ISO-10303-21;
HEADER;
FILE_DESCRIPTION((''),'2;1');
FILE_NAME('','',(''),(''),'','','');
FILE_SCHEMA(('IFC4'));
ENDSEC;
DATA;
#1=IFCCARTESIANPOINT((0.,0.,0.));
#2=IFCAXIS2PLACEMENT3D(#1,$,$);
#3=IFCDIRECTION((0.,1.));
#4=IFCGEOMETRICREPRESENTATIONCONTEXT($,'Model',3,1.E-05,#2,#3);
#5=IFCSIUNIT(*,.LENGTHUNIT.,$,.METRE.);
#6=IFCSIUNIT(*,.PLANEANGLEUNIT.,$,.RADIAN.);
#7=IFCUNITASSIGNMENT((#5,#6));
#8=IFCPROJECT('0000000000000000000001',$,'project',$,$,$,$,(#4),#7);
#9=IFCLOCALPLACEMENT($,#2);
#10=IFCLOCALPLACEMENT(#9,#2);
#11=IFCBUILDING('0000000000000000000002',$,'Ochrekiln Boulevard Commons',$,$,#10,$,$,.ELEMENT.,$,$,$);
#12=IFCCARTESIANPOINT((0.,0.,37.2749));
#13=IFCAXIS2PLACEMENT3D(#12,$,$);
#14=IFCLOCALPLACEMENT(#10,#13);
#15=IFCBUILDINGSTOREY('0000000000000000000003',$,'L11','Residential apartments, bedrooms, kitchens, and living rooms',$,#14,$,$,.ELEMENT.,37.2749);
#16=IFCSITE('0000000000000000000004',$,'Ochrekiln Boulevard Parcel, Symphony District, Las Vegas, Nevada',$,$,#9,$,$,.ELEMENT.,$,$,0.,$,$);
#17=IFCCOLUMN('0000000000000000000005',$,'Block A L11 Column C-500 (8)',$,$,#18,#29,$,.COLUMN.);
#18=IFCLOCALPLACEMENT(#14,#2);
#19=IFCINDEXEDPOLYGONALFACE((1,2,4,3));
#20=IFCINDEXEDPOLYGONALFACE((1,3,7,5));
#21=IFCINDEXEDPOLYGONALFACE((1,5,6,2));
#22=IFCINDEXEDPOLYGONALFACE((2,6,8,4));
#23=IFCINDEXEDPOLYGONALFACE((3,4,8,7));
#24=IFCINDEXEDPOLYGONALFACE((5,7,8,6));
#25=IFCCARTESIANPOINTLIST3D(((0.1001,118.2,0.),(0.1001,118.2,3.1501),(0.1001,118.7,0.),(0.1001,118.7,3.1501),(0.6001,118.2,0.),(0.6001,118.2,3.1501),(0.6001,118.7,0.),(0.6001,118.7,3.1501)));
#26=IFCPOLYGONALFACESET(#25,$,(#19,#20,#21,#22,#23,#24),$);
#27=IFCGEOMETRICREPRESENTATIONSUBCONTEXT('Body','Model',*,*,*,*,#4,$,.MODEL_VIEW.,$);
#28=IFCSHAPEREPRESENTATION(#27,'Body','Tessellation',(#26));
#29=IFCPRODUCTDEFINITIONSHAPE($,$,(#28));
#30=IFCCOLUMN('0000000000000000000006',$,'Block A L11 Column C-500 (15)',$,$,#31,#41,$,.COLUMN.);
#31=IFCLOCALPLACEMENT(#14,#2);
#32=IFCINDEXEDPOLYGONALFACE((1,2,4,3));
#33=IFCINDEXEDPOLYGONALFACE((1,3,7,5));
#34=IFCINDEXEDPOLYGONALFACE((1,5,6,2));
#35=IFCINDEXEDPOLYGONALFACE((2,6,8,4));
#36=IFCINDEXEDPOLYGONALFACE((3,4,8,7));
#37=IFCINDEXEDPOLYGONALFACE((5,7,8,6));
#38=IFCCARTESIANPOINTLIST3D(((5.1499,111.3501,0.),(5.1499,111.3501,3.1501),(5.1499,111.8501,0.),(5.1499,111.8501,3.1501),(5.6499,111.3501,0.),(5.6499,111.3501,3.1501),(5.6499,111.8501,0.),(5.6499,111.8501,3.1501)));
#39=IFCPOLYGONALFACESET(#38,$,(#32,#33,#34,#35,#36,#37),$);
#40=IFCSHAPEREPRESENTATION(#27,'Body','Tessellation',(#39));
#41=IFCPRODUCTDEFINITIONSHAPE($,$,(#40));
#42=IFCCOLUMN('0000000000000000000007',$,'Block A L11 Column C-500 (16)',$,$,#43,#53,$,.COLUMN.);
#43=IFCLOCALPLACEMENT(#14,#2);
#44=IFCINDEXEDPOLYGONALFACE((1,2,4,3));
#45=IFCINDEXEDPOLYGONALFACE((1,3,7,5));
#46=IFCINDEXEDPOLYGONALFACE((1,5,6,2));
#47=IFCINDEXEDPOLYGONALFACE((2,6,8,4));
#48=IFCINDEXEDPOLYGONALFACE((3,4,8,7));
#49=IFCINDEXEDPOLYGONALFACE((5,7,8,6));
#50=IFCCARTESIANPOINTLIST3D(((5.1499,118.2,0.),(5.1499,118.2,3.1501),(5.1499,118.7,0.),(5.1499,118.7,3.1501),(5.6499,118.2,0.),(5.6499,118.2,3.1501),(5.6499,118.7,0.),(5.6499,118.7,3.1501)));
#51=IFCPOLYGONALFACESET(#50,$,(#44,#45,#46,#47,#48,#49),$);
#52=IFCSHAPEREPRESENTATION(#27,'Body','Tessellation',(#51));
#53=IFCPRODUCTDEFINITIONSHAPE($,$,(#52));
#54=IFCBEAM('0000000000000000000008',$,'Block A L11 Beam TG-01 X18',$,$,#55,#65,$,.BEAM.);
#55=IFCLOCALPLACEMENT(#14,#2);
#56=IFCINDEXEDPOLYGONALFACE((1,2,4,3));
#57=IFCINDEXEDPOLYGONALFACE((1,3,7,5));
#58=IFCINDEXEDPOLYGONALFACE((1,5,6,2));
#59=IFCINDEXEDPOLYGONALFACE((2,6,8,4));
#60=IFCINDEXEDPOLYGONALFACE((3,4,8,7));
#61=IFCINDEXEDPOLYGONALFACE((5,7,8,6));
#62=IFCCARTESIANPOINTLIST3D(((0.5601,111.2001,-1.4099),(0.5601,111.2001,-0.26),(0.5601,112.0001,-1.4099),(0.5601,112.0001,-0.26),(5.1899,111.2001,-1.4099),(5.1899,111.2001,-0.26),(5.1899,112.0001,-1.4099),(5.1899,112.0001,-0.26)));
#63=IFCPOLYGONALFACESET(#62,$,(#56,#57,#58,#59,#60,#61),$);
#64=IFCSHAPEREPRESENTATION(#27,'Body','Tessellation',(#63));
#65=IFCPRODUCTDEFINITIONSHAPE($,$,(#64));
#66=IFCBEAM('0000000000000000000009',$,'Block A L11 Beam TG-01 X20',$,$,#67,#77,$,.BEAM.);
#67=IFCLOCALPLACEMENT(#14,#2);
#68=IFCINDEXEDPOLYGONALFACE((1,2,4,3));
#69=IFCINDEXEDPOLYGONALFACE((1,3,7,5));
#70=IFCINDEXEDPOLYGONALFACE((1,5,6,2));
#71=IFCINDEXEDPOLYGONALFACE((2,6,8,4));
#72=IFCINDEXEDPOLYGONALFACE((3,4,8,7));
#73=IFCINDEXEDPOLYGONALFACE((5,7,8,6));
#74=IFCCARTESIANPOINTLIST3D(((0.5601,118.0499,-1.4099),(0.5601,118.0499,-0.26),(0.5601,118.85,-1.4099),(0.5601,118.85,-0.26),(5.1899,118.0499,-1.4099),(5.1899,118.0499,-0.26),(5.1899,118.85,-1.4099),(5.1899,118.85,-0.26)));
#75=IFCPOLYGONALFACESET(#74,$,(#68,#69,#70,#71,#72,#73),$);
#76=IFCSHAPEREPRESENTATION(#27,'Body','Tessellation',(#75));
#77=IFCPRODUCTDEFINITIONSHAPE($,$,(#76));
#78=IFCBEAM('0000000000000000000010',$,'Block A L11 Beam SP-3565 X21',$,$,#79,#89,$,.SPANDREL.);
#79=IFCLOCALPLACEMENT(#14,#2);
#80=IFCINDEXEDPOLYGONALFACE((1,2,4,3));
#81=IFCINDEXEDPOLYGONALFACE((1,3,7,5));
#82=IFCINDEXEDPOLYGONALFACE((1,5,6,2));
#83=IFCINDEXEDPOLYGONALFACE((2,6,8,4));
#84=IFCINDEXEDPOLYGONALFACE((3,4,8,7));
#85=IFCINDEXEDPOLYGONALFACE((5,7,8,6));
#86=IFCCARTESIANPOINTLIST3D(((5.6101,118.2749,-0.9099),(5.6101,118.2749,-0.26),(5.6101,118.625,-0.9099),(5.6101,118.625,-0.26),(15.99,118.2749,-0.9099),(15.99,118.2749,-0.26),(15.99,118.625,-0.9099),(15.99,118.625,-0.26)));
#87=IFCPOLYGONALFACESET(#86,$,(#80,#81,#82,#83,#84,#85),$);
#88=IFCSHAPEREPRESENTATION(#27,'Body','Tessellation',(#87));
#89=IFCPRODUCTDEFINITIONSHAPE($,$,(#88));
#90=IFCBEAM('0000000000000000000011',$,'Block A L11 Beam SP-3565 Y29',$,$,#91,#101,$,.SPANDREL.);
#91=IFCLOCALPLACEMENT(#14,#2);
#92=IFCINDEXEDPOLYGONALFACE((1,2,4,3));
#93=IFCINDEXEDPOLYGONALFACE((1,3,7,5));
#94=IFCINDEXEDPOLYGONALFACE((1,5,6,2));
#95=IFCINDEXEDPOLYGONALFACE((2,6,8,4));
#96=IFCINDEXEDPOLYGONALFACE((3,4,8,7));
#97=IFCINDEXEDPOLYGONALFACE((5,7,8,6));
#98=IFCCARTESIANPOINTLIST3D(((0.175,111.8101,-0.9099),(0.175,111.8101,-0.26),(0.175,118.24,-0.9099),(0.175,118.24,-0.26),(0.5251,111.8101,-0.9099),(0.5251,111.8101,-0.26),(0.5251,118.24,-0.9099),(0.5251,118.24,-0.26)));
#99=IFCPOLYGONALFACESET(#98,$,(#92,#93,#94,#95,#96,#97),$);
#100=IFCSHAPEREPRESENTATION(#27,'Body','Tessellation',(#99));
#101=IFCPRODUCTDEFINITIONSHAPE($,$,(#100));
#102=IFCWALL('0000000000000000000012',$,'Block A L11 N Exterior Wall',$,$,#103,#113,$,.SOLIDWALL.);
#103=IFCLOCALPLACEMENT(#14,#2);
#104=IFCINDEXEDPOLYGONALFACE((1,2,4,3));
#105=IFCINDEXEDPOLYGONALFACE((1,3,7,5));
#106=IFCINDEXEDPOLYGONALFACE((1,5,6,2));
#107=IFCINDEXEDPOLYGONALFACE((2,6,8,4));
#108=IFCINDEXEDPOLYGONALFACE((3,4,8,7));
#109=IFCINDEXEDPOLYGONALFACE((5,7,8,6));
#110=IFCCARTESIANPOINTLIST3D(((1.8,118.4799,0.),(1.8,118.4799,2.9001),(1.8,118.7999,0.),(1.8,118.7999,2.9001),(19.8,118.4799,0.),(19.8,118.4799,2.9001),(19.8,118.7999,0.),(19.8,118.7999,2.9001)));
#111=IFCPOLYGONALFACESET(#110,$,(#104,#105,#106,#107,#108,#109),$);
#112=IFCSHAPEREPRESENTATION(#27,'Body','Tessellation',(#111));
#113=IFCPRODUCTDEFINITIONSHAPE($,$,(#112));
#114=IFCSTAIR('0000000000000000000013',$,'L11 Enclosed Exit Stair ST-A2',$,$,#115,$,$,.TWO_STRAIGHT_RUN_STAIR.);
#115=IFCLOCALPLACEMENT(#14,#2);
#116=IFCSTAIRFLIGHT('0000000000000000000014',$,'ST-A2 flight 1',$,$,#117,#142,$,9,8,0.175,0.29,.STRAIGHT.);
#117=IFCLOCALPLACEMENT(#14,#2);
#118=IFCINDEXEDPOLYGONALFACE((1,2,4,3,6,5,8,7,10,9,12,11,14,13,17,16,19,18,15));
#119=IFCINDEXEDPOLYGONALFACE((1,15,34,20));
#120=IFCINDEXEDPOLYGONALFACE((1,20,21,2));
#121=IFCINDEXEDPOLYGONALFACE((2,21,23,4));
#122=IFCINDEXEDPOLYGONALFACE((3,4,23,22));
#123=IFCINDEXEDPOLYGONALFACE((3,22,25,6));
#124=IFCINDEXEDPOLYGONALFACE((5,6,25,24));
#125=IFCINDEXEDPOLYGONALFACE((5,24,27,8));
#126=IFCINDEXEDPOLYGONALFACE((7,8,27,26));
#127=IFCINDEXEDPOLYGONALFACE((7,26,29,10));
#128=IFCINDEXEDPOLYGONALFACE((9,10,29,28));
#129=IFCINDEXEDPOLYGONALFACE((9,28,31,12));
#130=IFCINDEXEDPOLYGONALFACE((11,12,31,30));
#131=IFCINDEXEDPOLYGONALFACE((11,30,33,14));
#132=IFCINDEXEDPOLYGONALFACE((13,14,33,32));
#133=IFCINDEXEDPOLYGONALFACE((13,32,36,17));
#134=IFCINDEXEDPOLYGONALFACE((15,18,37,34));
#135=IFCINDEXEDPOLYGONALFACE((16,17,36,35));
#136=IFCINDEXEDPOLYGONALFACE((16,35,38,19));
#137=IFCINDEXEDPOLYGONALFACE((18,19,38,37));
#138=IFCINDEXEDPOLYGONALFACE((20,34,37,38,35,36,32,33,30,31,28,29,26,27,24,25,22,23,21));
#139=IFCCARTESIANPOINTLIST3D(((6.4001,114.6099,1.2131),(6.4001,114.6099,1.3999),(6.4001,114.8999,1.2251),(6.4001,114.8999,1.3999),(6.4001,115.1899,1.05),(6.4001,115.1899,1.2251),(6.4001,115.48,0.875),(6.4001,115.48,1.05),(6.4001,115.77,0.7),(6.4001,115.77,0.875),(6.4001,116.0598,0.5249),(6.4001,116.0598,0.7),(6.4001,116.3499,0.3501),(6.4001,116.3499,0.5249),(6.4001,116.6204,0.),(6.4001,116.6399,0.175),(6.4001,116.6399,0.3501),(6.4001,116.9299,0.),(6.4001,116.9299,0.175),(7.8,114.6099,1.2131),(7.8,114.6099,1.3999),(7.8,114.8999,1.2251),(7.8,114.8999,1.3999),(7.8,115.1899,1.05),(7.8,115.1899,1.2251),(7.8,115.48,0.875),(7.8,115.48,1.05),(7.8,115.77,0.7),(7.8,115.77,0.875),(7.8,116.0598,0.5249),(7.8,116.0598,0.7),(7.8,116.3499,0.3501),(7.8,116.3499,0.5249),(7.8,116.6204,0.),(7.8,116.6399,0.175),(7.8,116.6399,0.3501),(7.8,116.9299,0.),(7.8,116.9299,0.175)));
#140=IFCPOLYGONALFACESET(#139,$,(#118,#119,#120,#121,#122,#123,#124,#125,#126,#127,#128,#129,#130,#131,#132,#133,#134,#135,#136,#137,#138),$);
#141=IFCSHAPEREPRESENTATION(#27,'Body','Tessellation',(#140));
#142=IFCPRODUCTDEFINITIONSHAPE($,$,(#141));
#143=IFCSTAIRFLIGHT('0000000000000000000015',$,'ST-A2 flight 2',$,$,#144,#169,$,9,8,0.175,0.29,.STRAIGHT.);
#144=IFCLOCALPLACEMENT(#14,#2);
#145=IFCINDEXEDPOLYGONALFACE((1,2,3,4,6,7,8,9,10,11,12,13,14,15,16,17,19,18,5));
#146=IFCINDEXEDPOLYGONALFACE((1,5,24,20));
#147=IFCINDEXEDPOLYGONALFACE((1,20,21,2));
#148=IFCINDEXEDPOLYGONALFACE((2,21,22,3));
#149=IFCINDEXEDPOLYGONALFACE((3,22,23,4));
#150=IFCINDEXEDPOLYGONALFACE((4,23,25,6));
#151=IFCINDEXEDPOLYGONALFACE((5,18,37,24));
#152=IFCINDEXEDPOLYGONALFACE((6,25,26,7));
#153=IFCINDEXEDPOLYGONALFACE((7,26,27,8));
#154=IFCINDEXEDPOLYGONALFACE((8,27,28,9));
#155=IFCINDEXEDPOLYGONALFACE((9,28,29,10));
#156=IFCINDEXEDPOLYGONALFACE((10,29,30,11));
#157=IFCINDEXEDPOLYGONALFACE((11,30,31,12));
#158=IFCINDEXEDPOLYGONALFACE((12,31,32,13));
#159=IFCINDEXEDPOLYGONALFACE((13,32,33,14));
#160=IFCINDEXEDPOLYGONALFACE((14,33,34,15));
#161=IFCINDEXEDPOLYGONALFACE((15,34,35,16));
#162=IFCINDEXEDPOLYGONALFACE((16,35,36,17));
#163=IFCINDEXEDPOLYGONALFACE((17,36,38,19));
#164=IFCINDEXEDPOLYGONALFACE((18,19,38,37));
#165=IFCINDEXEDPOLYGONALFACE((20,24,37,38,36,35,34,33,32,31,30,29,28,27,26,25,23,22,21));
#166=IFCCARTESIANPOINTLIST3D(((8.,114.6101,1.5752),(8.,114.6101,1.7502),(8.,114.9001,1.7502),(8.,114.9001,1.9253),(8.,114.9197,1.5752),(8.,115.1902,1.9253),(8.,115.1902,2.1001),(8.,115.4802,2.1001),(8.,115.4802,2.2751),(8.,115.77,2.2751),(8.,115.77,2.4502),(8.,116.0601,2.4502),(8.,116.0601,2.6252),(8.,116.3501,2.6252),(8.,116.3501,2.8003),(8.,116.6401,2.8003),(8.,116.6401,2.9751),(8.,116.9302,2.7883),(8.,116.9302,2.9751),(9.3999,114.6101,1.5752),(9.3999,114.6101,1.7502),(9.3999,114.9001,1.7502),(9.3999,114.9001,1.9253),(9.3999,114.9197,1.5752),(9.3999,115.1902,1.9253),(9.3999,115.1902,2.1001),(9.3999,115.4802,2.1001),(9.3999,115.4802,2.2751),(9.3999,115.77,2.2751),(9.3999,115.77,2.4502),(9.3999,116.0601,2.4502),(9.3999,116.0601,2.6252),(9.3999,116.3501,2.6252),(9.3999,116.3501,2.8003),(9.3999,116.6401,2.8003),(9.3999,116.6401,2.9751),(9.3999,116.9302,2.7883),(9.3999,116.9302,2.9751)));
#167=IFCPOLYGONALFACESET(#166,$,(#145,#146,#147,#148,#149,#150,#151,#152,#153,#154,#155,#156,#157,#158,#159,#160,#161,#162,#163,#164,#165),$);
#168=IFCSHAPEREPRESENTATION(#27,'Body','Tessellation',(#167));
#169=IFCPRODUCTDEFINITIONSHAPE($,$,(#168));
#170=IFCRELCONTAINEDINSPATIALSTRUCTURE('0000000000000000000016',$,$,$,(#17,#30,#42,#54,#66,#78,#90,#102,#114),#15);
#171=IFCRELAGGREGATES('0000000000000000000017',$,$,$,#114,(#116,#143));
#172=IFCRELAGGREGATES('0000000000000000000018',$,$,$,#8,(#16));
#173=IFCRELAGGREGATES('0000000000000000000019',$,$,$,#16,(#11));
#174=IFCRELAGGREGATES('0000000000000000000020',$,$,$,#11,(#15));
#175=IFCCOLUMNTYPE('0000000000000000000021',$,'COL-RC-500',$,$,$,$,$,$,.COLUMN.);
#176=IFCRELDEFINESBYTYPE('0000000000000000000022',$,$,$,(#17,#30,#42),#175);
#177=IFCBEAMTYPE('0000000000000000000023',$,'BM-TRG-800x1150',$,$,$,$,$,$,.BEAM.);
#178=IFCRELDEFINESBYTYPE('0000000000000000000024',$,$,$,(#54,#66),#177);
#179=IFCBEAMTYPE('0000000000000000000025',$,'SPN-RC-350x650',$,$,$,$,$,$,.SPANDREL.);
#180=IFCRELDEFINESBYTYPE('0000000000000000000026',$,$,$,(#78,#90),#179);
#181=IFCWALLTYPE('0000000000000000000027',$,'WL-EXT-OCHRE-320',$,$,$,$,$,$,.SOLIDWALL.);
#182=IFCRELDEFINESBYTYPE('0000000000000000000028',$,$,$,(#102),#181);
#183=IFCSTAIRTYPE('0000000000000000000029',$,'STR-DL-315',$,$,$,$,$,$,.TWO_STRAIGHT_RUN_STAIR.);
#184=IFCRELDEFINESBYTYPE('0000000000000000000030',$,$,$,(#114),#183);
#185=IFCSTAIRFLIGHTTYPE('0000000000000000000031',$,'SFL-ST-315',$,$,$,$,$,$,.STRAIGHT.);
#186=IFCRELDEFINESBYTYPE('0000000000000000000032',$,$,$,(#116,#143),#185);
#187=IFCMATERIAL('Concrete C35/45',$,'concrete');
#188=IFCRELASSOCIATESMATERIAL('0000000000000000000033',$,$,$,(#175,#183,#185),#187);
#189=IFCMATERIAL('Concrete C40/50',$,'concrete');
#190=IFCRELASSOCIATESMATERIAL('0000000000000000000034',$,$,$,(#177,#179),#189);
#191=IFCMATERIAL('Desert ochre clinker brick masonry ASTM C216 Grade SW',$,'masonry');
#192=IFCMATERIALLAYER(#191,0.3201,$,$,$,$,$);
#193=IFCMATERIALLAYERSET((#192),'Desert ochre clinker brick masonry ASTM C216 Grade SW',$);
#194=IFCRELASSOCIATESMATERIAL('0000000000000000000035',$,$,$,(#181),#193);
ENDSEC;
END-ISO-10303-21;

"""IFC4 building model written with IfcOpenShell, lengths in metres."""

from ifc_helpers import new_model, si_unit, direction, frame, frame_2d, origin, origin_2d, place, context, subcontext, project, spatial, polyline, rectangle, outline, extrude, material, layer, layer_set, material_profile, profile_set, type_object, element, aggregate, save


model = new_model("IFC4")

# Units and contexts
model_context = context("Model", 3, precision=1e-05, world=origin(), true_north=direction((0.0, 1.0)))
body_context = subcontext(model_context, "Body", "Model", "MODEL_VIEW")
ifc_project = project(units=[si_unit("LENGTHUNIT", "METRE"), si_unit("PLANEANGLEUNIT", "RADIAN")], contexts=[model_context])

# Site, building, storey
site_placement = place(None, origin())
site = spatial("IfcSite", under=ifc_project, at=site_placement, Name="Ochrekiln Boulevard Parcel, Symphony District, Las Vegas, Nevada", CompositionType="ELEMENT", RefElevation=0.0)
building_placement = place(site_placement, origin())
building = spatial("IfcBuilding", under=site, at=building_placement, Name="Ochrekiln Boulevard Commons", CompositionType="ELEMENT")
storey_placement = place(building_placement, frame((0.0, 0.0, 37.2749)))
storey = spatial("IfcBuildingStorey", under=building, at=storey_placement, Name="L11", Description="Residential apartments, bedrooms, kitchens, and living rooms", CompositionType="ELEMENT", Elevation=37.2749)

# Columns
ifc_material_1 = material(Name="Concrete C35/45", Category="concrete")
ifc_material_profile_1 = material_profile(ifc_material_1, rectangle(XDim=0.5, YDim=0.5, at=origin_2d()), Name="RC-COL-500x500")
ifc_profile_set_1 = profile_set([ifc_material_profile_1], Name="Concrete C35/45")
column_type = type_object("IfcColumnType", Name="COL-RC-500", PredefinedType="COLUMN", material=ifc_profile_set_1)
for number, where, z_axis, x_axis, name in (
    (1, (0.3501, 118.45, 0.0), (0.0, 0.0, 1.0), (1.0, 0.0, 0.0), "Block A L11 Column C-500 (8)"),
    (2, (5.3999, 111.6001, 0.0), (0.0, 0.0, 1.0), (1.0, 0.0, 0.0), "Block A L11 Column C-500 (15)"),
    (3, (5.3999, 118.45, 0.0), (0.0, 0.0, 1.0), (1.0, 0.0, 0.0), "Block A L11 Column C-500 (16)"),
):
    element("IfcColumn", number, at=place(storey_placement, frame(where, z_axis=z_axis, x_axis=x_axis)), inside=storey, type_object=column_type, Name=name, PredefinedType="COLUMN", context=body_context, shape_type="SweptSolid", body=[
        extrude(rectangle(XDim=0.5, YDim=0.5, at=origin_2d()), origin(), (0.0, 0.0, 1.0), 3.1501),
    ])

# Beams
ifc_material_2 = material(Name="Concrete C40/50", Category="concrete")
ifc_material_profile_2 = material_profile(ifc_material_2, rectangle(XDim=0.8, YDim=1.1499, at=origin_2d()), Name="RC-TRG-800x1150")
ifc_profile_set_2 = profile_set([ifc_material_profile_2], Name="Concrete C40/50")
beam_type_1 = type_object("IfcBeamType", Name="BM-TRG-800x1150", PredefinedType="BEAM", material=ifc_profile_set_2)
for number, where, z_axis, x_axis, name in (
    (4, (0.5601, 111.6001, -0.835), (1.0, 0.0, 0.0), (0.0, 1.0, 0.0), "Block A L11 Beam TG-01 X18"),
    (5, (0.5601, 118.45, -0.835), (1.0, 0.0, 0.0), (0.0, 1.0, 0.0), "Block A L11 Beam TG-01 X20"),
):
    element("IfcBeam", number, at=place(storey_placement, frame(where, z_axis=z_axis, x_axis=x_axis)), inside=storey, type_object=beam_type_1, Name=name, PredefinedType="BEAM", context=body_context, shape_type="SweptSolid", body=[
        extrude(rectangle(XDim=0.8, YDim=1.1499, at=origin_2d()), origin(), (0.0, 0.0, 1.0), 4.6299),
    ])
ifc_material_profile_3 = material_profile(ifc_material_2, rectangle(XDim=0.3501, YDim=0.6499, at=origin_2d()), Name="RC-SPN-350x650")
ifc_profile_set_3 = profile_set([ifc_material_profile_3], Name="Concrete C40/50")
beam_type_2 = type_object("IfcBeamType", Name="SPN-RC-350x650", PredefinedType="SPANDREL", material=ifc_profile_set_3)
beam_1_placement = place(storey_placement, frame((5.6101, 118.45, -0.585), z_axis=(1.0, 0.0, 0.0), x_axis=(0.0, 1.0, 0.0)))
element("IfcBeam", 6, at=beam_1_placement, inside=storey, type_object=beam_type_2, Name="Block A L11 Beam SP-3565 X21", PredefinedType="SPANDREL", context=body_context, shape_type="SweptSolid", body=[
    extrude(rectangle(XDim=0.3501, YDim=0.6499, at=origin_2d()), origin(), (0.0, 0.0, 1.0), 10.3799),
])
beam_2_placement = place(storey_placement, frame((0.3501, 111.8101, -0.585), z_axis=(0.0, 1.0, 0.0), x_axis=(-1.0, 0.0, 0.0)))
element("IfcBeam", 7, at=beam_2_placement, inside=storey, type_object=beam_type_2, Name="Block A L11 Beam SP-3565 Y29", PredefinedType="SPANDREL", context=body_context, shape_type="SweptSolid", body=[
    extrude(rectangle(XDim=0.3501, YDim=0.6499, at=origin_2d()), origin(), (0.0, 0.0, 1.0), 6.4299),
])

# Wall
ifc_material_3 = material(Name="Desert ochre clinker brick masonry ASTM C216 Grade SW", Category="masonry")
ifc_layer_1 = layer(ifc_material_3, 0.3201)
ifc_layer_set_1 = layer_set([ifc_layer_1], Name="Desert ochre clinker brick masonry ASTM C216 Grade SW")
wall_type_1 = type_object("IfcWallType", Name="WL-EXT-OCHRE-320", PredefinedType="SOLIDWALL", material=ifc_layer_set_1)
wall_1_placement = place(storey_placement, frame((1.8, 118.6399, 0.0), z_axis=(0.0, 0.0, 1.0), x_axis=(1.0, 0.0, 0.0)))
element("IfcWall", 8, at=wall_1_placement, inside=storey, type_object=wall_type_1, Name="Block A L11 N Exterior Wall", PredefinedType="SOLIDWALL", context=body_context, shape_type="SweptSolid", body=[
    extrude(rectangle(XDim=18.0, YDim=0.3201, at=frame_2d((9.0, 0.0))), origin(), (0.0, 0.0, 1.0), 2.9001),
])

# Stair, stair flights
stair_type = type_object("IfcStairType", Name="STR-DL-315", PredefinedType="TWO_STRAIGHT_RUN_STAIR", material=ifc_material_1)
stair_placement = place(storey_placement, origin())
stair = element("IfcStair", 9, at=stair_placement, inside=storey, type_object=stair_type, Name="L11 Enclosed Exit Stair ST-A2", PredefinedType="TWO_STRAIGHT_RUN_STAIR")
stair_flight_type = type_object("IfcStairFlightType", Name="SFL-ST-315", PredefinedType="STRAIGHT", material=ifc_material_1)
stair_flight_1_placement = place(storey_placement, frame((7.1001, 116.9299, 0.0), z_axis=(0.0, 0.0, 1.0), x_axis=(0.0, -1.0, 0.0)))
stair_flight_1 = element("IfcStairFlight", 10, at=stair_flight_1_placement, type_object=stair_flight_type, Name="ST-A2 flight 1", NumberOfRisers=9, NumberOfTreads=8, PredefinedType="STRAIGHT", RiserHeight=0.175, TreadLength=0.29, context=body_context, shape_type="SweptSolid", body=[
    extrude(outline(polyline([(0.0, 0.0), (0.0, 0.175), (0.29, 0.175), (0.29, 0.3501), (0.5801, 0.3501), (0.5801, 0.5249), (0.8701, 0.5249), (0.8701, 0.7), (1.1599, 0.7), (1.1599, 0.875), (1.45, 0.875), (1.45, 1.05), (1.74, 1.05), (1.74, 1.2251), (2.03, 1.2251), (2.03, 1.3999), (2.3201, 1.3999), (2.3201, 1.575), (2.3201, 1.2131), (0.3096, 0.0), (0.0, 0.0)])), frame((0.0, 0.7, 0.0), z_axis=(0.0, -1.0, 0.0), x_axis=(1.0, 0.0, 0.0)), (0.0, 0.0, 1.0), 1.3999),
])
stair_flight_2_placement = place(storey_placement, frame((8.7, 114.6101, 1.5752), z_axis=(0.0, 0.0, 1.0), x_axis=(0.0, 1.0, 0.0)))
stair_flight_2 = element("IfcStairFlight", 11, at=stair_flight_2_placement, type_object=stair_flight_type, Name="ST-A2 flight 2", NumberOfRisers=9, NumberOfTreads=8, PredefinedType="STRAIGHT", RiserHeight=0.175, TreadLength=0.29, context=body_context, shape_type="SweptSolid", body=[
    extrude(outline(polyline([(0.0, 0.0), (0.0, 0.175), (0.29, 0.175), (0.29, 0.3501), (0.5801, 0.3501), (0.5801, 0.5249), (0.8701, 0.5249), (0.8701, 0.7), (1.1599, 0.7), (1.1599, 0.875), (1.45, 0.875), (1.45, 1.05), (1.74, 1.05), (1.74, 1.2251), (2.03, 1.2251), (2.03, 1.3999), (2.3201, 1.3999), (2.3201, 1.575), (2.3201, 1.2131), (0.3096, 0.0), (0.0, 0.0)])), frame((0.0, 0.7, 0.0), z_axis=(0.0, -1.0, 0.0), x_axis=(1.0, 0.0, 0.0)), (0.0, 0.0, 1.0), 1.3999),
])
aggregate(stair, [stair_flight_1, stair_flight_2])

save(model, "model.ifc")
